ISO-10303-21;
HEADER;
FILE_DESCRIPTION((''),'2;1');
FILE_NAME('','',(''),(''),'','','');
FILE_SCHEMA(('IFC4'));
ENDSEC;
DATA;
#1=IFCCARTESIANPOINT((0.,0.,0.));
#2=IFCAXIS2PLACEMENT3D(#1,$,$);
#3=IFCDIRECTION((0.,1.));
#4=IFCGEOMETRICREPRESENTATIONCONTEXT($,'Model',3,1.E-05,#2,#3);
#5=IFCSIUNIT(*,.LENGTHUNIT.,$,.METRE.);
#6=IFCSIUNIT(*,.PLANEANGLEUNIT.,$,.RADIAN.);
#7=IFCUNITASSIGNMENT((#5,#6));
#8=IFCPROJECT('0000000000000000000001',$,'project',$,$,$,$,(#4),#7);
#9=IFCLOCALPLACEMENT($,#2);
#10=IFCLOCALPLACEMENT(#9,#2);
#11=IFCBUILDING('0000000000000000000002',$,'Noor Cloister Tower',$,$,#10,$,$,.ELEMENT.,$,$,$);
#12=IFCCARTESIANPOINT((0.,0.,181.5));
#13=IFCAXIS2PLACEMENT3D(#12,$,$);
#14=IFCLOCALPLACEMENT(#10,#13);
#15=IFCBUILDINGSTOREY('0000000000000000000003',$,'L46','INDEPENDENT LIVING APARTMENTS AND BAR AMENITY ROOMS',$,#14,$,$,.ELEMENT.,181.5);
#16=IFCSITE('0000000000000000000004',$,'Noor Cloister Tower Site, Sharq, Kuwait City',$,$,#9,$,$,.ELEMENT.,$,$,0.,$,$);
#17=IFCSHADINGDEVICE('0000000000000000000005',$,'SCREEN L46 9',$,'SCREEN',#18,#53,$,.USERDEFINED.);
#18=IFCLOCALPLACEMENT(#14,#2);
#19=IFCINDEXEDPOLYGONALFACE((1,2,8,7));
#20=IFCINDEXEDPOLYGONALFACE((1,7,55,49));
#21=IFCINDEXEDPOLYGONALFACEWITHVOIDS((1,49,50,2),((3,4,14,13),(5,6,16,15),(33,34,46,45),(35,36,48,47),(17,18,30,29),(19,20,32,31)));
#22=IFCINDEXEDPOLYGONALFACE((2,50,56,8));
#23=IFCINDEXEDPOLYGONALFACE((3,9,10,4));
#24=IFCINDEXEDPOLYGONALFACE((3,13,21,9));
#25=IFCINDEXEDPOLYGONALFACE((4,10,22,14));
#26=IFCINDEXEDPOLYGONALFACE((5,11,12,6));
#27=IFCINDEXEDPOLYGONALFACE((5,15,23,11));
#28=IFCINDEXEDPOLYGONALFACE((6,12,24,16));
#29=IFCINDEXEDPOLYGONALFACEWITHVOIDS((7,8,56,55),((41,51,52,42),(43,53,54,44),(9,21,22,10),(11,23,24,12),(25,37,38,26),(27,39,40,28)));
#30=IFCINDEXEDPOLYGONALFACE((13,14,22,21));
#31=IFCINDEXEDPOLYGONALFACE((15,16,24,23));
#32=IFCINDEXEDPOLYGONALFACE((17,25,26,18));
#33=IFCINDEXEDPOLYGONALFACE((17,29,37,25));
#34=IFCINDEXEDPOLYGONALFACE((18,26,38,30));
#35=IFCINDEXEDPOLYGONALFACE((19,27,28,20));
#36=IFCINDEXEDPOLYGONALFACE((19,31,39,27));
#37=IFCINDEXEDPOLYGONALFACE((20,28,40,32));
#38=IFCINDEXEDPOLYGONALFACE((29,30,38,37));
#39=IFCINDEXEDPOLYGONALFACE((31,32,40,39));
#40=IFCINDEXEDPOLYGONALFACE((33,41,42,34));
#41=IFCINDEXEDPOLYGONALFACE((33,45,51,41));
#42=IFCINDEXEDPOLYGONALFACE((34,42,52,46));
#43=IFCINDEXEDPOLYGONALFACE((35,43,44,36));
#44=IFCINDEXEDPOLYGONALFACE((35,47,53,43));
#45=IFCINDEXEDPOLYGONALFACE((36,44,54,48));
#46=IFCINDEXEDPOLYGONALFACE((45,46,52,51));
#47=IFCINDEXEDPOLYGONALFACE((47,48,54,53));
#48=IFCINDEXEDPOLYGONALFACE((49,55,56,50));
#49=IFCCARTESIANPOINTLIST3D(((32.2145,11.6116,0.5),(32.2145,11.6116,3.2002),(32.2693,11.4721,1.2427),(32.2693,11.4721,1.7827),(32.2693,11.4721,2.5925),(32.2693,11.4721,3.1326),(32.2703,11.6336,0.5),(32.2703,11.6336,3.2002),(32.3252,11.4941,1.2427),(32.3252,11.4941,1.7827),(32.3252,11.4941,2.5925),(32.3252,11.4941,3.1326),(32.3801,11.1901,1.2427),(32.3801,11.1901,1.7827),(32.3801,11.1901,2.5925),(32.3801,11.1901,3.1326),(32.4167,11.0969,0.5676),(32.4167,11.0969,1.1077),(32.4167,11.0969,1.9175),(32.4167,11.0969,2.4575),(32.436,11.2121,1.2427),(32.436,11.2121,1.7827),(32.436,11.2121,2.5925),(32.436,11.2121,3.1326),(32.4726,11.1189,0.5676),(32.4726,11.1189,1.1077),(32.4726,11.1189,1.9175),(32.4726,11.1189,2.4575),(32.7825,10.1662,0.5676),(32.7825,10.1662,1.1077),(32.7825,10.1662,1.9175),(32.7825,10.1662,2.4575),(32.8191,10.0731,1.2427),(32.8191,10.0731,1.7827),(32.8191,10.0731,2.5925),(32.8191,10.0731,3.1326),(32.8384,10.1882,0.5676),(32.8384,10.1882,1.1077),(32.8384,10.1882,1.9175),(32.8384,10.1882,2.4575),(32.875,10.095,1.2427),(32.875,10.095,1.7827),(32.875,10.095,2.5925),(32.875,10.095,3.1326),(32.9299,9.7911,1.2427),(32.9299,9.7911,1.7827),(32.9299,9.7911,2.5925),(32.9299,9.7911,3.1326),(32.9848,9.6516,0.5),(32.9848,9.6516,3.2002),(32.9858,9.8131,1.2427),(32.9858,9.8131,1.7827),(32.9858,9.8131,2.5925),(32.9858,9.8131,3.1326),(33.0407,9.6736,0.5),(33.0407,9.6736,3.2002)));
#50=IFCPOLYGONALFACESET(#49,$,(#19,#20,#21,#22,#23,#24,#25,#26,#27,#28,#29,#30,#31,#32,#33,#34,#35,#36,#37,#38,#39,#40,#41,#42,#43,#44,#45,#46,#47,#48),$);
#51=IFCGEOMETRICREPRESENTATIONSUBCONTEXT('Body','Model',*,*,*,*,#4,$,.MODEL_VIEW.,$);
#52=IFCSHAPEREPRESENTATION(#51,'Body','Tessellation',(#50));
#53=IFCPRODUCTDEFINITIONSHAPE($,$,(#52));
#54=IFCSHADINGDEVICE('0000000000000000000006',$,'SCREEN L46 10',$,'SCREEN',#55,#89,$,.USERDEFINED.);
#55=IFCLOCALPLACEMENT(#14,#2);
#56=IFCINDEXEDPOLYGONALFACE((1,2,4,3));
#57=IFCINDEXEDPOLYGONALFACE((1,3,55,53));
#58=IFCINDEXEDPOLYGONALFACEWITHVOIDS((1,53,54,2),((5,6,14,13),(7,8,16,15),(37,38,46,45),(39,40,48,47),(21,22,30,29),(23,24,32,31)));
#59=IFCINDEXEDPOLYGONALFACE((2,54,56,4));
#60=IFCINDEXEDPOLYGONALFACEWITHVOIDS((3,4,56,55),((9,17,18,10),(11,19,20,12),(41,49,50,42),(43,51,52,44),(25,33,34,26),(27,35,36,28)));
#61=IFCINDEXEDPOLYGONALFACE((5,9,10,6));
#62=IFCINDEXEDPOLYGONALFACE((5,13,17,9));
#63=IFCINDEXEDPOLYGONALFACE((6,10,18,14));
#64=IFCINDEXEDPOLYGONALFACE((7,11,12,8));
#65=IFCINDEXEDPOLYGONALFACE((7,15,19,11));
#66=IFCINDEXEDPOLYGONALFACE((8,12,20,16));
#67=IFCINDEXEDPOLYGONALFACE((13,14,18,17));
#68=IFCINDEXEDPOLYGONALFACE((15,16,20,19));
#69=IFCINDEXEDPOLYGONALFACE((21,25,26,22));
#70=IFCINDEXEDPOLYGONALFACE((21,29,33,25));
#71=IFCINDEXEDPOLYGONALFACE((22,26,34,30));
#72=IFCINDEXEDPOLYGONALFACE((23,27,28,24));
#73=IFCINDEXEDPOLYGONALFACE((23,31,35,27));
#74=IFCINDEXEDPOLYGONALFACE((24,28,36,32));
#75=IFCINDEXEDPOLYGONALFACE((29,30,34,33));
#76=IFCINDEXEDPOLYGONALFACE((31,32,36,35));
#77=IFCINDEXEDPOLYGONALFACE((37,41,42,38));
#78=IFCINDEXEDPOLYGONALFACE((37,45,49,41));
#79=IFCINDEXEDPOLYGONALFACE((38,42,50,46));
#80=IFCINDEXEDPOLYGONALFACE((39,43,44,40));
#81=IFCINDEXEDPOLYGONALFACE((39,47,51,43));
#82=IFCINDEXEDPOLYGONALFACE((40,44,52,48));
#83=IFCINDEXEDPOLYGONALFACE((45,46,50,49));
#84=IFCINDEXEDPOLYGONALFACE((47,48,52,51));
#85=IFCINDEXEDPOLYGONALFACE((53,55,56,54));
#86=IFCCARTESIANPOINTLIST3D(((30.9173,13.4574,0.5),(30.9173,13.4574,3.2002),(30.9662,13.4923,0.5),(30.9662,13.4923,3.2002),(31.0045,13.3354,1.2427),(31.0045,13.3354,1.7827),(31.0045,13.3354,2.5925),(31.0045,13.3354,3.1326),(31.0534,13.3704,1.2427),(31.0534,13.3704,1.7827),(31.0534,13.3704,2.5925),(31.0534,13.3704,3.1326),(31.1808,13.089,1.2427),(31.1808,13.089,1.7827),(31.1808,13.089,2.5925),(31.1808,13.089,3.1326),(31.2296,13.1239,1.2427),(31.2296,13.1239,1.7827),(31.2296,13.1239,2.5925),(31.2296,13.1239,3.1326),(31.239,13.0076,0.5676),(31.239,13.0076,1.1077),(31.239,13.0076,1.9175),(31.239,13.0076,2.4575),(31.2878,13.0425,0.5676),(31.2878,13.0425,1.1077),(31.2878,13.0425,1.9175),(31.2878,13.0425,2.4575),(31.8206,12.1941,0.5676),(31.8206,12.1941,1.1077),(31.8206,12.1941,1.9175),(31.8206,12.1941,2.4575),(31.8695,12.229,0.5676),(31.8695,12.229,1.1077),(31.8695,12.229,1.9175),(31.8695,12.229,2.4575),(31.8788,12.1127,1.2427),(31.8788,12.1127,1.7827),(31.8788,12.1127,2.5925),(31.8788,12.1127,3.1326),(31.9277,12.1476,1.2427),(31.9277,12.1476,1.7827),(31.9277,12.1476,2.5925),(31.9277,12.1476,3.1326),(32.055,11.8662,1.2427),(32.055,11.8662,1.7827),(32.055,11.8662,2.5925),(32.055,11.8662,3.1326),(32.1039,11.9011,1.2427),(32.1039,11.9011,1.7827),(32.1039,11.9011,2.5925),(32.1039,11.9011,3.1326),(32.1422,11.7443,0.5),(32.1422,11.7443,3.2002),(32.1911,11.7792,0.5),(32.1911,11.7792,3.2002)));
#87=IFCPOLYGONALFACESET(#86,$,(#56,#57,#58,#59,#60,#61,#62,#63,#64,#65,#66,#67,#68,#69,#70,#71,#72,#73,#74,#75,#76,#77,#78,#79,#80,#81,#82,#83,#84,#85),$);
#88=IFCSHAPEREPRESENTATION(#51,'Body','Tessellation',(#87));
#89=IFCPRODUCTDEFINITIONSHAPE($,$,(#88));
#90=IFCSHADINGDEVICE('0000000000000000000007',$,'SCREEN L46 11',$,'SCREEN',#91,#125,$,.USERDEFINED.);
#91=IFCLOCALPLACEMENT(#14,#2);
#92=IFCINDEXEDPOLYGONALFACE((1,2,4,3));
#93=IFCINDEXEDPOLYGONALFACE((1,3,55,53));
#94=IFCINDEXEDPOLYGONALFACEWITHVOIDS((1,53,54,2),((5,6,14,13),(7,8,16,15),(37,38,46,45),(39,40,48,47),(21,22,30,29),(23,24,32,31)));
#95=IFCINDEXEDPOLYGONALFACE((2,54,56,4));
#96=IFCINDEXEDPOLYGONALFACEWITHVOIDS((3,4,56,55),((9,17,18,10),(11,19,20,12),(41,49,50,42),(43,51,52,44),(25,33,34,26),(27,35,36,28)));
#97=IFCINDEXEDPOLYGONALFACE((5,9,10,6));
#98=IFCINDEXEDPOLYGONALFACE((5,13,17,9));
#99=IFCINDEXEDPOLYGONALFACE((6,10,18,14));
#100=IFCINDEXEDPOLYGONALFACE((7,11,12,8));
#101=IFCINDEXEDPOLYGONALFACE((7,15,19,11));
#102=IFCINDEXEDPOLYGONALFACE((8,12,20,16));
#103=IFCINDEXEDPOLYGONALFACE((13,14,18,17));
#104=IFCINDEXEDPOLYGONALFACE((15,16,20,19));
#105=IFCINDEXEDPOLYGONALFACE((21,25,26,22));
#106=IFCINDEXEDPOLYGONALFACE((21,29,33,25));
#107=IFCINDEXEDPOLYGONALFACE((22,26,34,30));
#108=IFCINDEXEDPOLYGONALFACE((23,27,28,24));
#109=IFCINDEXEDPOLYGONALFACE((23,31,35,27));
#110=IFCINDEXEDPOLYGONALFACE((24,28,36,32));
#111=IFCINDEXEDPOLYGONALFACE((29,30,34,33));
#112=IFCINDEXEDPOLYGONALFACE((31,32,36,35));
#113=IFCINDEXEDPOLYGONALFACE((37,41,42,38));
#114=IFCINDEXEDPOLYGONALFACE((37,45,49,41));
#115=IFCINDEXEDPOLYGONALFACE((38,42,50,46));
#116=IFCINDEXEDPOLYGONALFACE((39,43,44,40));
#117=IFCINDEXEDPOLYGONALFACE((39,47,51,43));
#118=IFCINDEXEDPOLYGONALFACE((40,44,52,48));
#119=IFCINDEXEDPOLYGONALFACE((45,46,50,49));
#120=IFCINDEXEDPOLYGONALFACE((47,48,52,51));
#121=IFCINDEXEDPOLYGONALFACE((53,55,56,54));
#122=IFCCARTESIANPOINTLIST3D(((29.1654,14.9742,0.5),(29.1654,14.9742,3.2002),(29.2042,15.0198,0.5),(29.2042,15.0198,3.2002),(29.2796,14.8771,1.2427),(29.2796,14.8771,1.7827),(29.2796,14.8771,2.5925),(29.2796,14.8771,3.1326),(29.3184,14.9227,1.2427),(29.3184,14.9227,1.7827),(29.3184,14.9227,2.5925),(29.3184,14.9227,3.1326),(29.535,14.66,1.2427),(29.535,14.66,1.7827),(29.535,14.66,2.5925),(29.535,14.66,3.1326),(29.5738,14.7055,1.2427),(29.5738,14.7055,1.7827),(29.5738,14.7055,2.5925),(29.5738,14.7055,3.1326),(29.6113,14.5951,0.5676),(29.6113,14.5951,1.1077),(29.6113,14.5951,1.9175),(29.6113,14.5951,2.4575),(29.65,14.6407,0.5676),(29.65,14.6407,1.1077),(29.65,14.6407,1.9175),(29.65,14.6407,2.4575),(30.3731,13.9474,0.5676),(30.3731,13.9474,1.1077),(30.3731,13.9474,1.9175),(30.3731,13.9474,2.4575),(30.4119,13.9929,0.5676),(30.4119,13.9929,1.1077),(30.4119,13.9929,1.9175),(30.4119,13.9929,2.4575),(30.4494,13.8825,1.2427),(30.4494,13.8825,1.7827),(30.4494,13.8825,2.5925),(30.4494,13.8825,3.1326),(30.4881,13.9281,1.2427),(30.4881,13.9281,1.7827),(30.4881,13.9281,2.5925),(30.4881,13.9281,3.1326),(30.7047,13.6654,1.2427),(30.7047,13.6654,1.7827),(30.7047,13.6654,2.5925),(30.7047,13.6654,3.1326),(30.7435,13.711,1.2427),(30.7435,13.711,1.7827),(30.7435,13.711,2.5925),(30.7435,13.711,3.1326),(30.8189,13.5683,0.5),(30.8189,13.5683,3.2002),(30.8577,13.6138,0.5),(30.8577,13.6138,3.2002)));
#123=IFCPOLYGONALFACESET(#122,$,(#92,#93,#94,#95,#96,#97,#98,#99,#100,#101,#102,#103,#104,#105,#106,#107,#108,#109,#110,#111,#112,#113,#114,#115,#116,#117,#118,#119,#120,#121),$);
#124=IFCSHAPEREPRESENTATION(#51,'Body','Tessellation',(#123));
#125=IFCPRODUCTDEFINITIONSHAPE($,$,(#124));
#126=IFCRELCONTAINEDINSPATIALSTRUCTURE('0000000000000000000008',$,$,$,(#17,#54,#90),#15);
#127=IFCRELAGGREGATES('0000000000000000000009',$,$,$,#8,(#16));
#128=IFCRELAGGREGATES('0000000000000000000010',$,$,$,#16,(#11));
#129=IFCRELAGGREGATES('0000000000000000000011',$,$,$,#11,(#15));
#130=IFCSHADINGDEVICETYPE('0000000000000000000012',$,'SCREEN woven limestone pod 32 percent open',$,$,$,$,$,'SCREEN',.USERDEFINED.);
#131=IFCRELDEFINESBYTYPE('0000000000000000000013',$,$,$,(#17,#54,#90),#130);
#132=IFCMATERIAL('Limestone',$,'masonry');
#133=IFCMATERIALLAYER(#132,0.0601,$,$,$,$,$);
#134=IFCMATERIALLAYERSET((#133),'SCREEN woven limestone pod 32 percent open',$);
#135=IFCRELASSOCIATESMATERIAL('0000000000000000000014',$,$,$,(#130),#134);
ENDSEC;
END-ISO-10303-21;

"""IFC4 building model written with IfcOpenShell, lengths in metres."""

from ifc_helpers import new_model, si_unit, direction, frame, origin, place, context, subcontext, project, spatial, polyline, outline, extrude, material, layer, layer_set, type_object, element, save


model = new_model("IFC4")

# Units and contexts
model_context = context("Model", 3, precision=1e-05, world=origin(), true_north=direction((0.0, 1.0)))
body_context = subcontext(model_context, "Body", "Model", "MODEL_VIEW")
ifc_project = project(units=[si_unit("LENGTHUNIT", "METRE"), si_unit("PLANEANGLEUNIT", "RADIAN")], contexts=[model_context])

# Site, building, storey
site_placement = place(None, origin())
site = spatial("IfcSite", under=ifc_project, at=site_placement, Name="Noor Cloister Tower Site, Sharq, Kuwait City", CompositionType="ELEMENT", RefElevation=0.0)
building_placement = place(site_placement, origin())
building = spatial("IfcBuilding", under=site, at=building_placement, Name="Noor Cloister Tower", CompositionType="ELEMENT")
storey_placement = place(building_placement, frame((0.0, 0.0, 181.5)))
storey = spatial("IfcBuildingStorey", under=building, at=storey_placement, Name="L46", Description="INDEPENDENT LIVING APARTMENTS AND BAR AMENITY ROOMS", CompositionType="ELEMENT", Elevation=181.5)

# Shading devices
ifc_material_1 = material(Name="Limestone", Category="masonry")
ifc_layer_1 = layer(ifc_material_1, 0.0601)
ifc_layer_set_1 = layer_set([ifc_layer_1], Name="SCREEN woven limestone pod 32 percent open")
shading_device_type = type_object("IfcShadingDeviceType", Name="SCREEN woven limestone pod 32 percent open", ElementType="SCREEN", PredefinedType="USERDEFINED", material=ifc_layer_set_1)
for number, where, z_axis, x_axis, name in (
    (1, (32.5996, 10.6316, 1.8501), (0.930702, 0.365778, 0.0), (-0.365778, 0.930702, 0.0), "SCREEN L46 9"),
    (2, (31.5298, 12.6008, 1.8501), (0.813459, 0.581623, 0.0), (-0.581623, 0.813459, 0.0), "SCREEN L46 10"),
):
    element("IfcShadingDevice", number, at=place(storey_placement, frame(where, z_axis=z_axis, x_axis=x_axis)), inside=storey, type_object=shading_device_type, Name=name, ObjectType="SCREEN", PredefinedType="USERDEFINED", context=body_context, shape_type="SweptSolid", body=[
        extrude(outline(polyline([(-1.053, -1.3501), (1.053, -1.3501), (1.053, 1.3501), (-1.053, 1.3501), (-1.053, -1.3501)]), holes=[polyline([(-0.5, -1.2825), (0.5, -1.2825), (0.5, -0.7424), (-0.5, -0.7424), (-0.5, -1.2825)]), polyline([(0.6001, -0.6074), (0.9031, -0.6074), (0.9031, -0.0674), (0.6001, -0.0674), (0.6001, -0.6074)]), polyline([(-0.9031, -0.6074), (-0.6001, -0.6074), (-0.6001, -0.0674), (-0.9031, -0.0674), (-0.9031, -0.6074)]), polyline([(-0.5, 0.0674), (0.5, 0.0674), (0.5, 0.6074), (-0.5, 0.6074), (-0.5, 0.0674)]), polyline([(0.6001, 0.7424), (0.9031, 0.7424), (0.9031, 1.2825), (0.6001, 1.2825), (0.6001, 0.7424)]), polyline([(-0.9031, 0.7424), (-0.6001, 0.7424), (-0.6001, 1.2825), (-0.9031, 1.2825), (-0.9031, 0.7424)])]), origin(), (0.0, 0.0, 1.0), 0.0601),
    ])
shading_device_1_placement = place(storey_placement, frame((29.9922, 14.2712, 1.8501), z_axis=(0.647767, 0.761839, 0.0), x_axis=(-0.761839, 0.647767, 0.0)))
element("IfcShadingDevice", 3, at=shading_device_1_placement, inside=storey, type_object=shading_device_type, Name="SCREEN L46 11", ObjectType="SCREEN", PredefinedType="USERDEFINED", context=body_context, shape_type="SweptSolid", body=[
    extrude(outline(polyline([(-1.0852, -1.3501), (1.0852, -1.3501), (1.0852, 1.3501), (-1.0852, 1.3501), (-1.0852, -1.3501)]), holes=[polyline([(-0.5, -1.2825), (0.5, -1.2825), (0.5, -0.7424), (-0.5, -0.7424), (-0.5, -1.2825)]), polyline([(0.6001, -0.6074), (0.9353, -0.6074), (0.9353, -0.0674), (0.6001, -0.0674), (0.6001, -0.6074)]), polyline([(-0.9353, -0.6074), (-0.6001, -0.6074), (-0.6001, -0.0674), (-0.9353, -0.0674), (-0.9353, -0.6074)]), polyline([(-0.5, 0.0674), (0.5, 0.0674), (0.5, 0.6074), (-0.5, 0.6074), (-0.5, 0.0674)]), polyline([(0.6001, 0.7424), (0.9353, 0.7424), (0.9353, 1.2825), (0.6001, 1.2825), (0.6001, 0.7424)]), polyline([(-0.9353, 0.7424), (-0.6001, 0.7424), (-0.6001, 1.2825), (-0.9353, 1.2825), (-0.9353, 0.7424)])]), origin(), (0.0, 0.0, 1.0), 0.0598),
])

save(model, "model.ifc")
